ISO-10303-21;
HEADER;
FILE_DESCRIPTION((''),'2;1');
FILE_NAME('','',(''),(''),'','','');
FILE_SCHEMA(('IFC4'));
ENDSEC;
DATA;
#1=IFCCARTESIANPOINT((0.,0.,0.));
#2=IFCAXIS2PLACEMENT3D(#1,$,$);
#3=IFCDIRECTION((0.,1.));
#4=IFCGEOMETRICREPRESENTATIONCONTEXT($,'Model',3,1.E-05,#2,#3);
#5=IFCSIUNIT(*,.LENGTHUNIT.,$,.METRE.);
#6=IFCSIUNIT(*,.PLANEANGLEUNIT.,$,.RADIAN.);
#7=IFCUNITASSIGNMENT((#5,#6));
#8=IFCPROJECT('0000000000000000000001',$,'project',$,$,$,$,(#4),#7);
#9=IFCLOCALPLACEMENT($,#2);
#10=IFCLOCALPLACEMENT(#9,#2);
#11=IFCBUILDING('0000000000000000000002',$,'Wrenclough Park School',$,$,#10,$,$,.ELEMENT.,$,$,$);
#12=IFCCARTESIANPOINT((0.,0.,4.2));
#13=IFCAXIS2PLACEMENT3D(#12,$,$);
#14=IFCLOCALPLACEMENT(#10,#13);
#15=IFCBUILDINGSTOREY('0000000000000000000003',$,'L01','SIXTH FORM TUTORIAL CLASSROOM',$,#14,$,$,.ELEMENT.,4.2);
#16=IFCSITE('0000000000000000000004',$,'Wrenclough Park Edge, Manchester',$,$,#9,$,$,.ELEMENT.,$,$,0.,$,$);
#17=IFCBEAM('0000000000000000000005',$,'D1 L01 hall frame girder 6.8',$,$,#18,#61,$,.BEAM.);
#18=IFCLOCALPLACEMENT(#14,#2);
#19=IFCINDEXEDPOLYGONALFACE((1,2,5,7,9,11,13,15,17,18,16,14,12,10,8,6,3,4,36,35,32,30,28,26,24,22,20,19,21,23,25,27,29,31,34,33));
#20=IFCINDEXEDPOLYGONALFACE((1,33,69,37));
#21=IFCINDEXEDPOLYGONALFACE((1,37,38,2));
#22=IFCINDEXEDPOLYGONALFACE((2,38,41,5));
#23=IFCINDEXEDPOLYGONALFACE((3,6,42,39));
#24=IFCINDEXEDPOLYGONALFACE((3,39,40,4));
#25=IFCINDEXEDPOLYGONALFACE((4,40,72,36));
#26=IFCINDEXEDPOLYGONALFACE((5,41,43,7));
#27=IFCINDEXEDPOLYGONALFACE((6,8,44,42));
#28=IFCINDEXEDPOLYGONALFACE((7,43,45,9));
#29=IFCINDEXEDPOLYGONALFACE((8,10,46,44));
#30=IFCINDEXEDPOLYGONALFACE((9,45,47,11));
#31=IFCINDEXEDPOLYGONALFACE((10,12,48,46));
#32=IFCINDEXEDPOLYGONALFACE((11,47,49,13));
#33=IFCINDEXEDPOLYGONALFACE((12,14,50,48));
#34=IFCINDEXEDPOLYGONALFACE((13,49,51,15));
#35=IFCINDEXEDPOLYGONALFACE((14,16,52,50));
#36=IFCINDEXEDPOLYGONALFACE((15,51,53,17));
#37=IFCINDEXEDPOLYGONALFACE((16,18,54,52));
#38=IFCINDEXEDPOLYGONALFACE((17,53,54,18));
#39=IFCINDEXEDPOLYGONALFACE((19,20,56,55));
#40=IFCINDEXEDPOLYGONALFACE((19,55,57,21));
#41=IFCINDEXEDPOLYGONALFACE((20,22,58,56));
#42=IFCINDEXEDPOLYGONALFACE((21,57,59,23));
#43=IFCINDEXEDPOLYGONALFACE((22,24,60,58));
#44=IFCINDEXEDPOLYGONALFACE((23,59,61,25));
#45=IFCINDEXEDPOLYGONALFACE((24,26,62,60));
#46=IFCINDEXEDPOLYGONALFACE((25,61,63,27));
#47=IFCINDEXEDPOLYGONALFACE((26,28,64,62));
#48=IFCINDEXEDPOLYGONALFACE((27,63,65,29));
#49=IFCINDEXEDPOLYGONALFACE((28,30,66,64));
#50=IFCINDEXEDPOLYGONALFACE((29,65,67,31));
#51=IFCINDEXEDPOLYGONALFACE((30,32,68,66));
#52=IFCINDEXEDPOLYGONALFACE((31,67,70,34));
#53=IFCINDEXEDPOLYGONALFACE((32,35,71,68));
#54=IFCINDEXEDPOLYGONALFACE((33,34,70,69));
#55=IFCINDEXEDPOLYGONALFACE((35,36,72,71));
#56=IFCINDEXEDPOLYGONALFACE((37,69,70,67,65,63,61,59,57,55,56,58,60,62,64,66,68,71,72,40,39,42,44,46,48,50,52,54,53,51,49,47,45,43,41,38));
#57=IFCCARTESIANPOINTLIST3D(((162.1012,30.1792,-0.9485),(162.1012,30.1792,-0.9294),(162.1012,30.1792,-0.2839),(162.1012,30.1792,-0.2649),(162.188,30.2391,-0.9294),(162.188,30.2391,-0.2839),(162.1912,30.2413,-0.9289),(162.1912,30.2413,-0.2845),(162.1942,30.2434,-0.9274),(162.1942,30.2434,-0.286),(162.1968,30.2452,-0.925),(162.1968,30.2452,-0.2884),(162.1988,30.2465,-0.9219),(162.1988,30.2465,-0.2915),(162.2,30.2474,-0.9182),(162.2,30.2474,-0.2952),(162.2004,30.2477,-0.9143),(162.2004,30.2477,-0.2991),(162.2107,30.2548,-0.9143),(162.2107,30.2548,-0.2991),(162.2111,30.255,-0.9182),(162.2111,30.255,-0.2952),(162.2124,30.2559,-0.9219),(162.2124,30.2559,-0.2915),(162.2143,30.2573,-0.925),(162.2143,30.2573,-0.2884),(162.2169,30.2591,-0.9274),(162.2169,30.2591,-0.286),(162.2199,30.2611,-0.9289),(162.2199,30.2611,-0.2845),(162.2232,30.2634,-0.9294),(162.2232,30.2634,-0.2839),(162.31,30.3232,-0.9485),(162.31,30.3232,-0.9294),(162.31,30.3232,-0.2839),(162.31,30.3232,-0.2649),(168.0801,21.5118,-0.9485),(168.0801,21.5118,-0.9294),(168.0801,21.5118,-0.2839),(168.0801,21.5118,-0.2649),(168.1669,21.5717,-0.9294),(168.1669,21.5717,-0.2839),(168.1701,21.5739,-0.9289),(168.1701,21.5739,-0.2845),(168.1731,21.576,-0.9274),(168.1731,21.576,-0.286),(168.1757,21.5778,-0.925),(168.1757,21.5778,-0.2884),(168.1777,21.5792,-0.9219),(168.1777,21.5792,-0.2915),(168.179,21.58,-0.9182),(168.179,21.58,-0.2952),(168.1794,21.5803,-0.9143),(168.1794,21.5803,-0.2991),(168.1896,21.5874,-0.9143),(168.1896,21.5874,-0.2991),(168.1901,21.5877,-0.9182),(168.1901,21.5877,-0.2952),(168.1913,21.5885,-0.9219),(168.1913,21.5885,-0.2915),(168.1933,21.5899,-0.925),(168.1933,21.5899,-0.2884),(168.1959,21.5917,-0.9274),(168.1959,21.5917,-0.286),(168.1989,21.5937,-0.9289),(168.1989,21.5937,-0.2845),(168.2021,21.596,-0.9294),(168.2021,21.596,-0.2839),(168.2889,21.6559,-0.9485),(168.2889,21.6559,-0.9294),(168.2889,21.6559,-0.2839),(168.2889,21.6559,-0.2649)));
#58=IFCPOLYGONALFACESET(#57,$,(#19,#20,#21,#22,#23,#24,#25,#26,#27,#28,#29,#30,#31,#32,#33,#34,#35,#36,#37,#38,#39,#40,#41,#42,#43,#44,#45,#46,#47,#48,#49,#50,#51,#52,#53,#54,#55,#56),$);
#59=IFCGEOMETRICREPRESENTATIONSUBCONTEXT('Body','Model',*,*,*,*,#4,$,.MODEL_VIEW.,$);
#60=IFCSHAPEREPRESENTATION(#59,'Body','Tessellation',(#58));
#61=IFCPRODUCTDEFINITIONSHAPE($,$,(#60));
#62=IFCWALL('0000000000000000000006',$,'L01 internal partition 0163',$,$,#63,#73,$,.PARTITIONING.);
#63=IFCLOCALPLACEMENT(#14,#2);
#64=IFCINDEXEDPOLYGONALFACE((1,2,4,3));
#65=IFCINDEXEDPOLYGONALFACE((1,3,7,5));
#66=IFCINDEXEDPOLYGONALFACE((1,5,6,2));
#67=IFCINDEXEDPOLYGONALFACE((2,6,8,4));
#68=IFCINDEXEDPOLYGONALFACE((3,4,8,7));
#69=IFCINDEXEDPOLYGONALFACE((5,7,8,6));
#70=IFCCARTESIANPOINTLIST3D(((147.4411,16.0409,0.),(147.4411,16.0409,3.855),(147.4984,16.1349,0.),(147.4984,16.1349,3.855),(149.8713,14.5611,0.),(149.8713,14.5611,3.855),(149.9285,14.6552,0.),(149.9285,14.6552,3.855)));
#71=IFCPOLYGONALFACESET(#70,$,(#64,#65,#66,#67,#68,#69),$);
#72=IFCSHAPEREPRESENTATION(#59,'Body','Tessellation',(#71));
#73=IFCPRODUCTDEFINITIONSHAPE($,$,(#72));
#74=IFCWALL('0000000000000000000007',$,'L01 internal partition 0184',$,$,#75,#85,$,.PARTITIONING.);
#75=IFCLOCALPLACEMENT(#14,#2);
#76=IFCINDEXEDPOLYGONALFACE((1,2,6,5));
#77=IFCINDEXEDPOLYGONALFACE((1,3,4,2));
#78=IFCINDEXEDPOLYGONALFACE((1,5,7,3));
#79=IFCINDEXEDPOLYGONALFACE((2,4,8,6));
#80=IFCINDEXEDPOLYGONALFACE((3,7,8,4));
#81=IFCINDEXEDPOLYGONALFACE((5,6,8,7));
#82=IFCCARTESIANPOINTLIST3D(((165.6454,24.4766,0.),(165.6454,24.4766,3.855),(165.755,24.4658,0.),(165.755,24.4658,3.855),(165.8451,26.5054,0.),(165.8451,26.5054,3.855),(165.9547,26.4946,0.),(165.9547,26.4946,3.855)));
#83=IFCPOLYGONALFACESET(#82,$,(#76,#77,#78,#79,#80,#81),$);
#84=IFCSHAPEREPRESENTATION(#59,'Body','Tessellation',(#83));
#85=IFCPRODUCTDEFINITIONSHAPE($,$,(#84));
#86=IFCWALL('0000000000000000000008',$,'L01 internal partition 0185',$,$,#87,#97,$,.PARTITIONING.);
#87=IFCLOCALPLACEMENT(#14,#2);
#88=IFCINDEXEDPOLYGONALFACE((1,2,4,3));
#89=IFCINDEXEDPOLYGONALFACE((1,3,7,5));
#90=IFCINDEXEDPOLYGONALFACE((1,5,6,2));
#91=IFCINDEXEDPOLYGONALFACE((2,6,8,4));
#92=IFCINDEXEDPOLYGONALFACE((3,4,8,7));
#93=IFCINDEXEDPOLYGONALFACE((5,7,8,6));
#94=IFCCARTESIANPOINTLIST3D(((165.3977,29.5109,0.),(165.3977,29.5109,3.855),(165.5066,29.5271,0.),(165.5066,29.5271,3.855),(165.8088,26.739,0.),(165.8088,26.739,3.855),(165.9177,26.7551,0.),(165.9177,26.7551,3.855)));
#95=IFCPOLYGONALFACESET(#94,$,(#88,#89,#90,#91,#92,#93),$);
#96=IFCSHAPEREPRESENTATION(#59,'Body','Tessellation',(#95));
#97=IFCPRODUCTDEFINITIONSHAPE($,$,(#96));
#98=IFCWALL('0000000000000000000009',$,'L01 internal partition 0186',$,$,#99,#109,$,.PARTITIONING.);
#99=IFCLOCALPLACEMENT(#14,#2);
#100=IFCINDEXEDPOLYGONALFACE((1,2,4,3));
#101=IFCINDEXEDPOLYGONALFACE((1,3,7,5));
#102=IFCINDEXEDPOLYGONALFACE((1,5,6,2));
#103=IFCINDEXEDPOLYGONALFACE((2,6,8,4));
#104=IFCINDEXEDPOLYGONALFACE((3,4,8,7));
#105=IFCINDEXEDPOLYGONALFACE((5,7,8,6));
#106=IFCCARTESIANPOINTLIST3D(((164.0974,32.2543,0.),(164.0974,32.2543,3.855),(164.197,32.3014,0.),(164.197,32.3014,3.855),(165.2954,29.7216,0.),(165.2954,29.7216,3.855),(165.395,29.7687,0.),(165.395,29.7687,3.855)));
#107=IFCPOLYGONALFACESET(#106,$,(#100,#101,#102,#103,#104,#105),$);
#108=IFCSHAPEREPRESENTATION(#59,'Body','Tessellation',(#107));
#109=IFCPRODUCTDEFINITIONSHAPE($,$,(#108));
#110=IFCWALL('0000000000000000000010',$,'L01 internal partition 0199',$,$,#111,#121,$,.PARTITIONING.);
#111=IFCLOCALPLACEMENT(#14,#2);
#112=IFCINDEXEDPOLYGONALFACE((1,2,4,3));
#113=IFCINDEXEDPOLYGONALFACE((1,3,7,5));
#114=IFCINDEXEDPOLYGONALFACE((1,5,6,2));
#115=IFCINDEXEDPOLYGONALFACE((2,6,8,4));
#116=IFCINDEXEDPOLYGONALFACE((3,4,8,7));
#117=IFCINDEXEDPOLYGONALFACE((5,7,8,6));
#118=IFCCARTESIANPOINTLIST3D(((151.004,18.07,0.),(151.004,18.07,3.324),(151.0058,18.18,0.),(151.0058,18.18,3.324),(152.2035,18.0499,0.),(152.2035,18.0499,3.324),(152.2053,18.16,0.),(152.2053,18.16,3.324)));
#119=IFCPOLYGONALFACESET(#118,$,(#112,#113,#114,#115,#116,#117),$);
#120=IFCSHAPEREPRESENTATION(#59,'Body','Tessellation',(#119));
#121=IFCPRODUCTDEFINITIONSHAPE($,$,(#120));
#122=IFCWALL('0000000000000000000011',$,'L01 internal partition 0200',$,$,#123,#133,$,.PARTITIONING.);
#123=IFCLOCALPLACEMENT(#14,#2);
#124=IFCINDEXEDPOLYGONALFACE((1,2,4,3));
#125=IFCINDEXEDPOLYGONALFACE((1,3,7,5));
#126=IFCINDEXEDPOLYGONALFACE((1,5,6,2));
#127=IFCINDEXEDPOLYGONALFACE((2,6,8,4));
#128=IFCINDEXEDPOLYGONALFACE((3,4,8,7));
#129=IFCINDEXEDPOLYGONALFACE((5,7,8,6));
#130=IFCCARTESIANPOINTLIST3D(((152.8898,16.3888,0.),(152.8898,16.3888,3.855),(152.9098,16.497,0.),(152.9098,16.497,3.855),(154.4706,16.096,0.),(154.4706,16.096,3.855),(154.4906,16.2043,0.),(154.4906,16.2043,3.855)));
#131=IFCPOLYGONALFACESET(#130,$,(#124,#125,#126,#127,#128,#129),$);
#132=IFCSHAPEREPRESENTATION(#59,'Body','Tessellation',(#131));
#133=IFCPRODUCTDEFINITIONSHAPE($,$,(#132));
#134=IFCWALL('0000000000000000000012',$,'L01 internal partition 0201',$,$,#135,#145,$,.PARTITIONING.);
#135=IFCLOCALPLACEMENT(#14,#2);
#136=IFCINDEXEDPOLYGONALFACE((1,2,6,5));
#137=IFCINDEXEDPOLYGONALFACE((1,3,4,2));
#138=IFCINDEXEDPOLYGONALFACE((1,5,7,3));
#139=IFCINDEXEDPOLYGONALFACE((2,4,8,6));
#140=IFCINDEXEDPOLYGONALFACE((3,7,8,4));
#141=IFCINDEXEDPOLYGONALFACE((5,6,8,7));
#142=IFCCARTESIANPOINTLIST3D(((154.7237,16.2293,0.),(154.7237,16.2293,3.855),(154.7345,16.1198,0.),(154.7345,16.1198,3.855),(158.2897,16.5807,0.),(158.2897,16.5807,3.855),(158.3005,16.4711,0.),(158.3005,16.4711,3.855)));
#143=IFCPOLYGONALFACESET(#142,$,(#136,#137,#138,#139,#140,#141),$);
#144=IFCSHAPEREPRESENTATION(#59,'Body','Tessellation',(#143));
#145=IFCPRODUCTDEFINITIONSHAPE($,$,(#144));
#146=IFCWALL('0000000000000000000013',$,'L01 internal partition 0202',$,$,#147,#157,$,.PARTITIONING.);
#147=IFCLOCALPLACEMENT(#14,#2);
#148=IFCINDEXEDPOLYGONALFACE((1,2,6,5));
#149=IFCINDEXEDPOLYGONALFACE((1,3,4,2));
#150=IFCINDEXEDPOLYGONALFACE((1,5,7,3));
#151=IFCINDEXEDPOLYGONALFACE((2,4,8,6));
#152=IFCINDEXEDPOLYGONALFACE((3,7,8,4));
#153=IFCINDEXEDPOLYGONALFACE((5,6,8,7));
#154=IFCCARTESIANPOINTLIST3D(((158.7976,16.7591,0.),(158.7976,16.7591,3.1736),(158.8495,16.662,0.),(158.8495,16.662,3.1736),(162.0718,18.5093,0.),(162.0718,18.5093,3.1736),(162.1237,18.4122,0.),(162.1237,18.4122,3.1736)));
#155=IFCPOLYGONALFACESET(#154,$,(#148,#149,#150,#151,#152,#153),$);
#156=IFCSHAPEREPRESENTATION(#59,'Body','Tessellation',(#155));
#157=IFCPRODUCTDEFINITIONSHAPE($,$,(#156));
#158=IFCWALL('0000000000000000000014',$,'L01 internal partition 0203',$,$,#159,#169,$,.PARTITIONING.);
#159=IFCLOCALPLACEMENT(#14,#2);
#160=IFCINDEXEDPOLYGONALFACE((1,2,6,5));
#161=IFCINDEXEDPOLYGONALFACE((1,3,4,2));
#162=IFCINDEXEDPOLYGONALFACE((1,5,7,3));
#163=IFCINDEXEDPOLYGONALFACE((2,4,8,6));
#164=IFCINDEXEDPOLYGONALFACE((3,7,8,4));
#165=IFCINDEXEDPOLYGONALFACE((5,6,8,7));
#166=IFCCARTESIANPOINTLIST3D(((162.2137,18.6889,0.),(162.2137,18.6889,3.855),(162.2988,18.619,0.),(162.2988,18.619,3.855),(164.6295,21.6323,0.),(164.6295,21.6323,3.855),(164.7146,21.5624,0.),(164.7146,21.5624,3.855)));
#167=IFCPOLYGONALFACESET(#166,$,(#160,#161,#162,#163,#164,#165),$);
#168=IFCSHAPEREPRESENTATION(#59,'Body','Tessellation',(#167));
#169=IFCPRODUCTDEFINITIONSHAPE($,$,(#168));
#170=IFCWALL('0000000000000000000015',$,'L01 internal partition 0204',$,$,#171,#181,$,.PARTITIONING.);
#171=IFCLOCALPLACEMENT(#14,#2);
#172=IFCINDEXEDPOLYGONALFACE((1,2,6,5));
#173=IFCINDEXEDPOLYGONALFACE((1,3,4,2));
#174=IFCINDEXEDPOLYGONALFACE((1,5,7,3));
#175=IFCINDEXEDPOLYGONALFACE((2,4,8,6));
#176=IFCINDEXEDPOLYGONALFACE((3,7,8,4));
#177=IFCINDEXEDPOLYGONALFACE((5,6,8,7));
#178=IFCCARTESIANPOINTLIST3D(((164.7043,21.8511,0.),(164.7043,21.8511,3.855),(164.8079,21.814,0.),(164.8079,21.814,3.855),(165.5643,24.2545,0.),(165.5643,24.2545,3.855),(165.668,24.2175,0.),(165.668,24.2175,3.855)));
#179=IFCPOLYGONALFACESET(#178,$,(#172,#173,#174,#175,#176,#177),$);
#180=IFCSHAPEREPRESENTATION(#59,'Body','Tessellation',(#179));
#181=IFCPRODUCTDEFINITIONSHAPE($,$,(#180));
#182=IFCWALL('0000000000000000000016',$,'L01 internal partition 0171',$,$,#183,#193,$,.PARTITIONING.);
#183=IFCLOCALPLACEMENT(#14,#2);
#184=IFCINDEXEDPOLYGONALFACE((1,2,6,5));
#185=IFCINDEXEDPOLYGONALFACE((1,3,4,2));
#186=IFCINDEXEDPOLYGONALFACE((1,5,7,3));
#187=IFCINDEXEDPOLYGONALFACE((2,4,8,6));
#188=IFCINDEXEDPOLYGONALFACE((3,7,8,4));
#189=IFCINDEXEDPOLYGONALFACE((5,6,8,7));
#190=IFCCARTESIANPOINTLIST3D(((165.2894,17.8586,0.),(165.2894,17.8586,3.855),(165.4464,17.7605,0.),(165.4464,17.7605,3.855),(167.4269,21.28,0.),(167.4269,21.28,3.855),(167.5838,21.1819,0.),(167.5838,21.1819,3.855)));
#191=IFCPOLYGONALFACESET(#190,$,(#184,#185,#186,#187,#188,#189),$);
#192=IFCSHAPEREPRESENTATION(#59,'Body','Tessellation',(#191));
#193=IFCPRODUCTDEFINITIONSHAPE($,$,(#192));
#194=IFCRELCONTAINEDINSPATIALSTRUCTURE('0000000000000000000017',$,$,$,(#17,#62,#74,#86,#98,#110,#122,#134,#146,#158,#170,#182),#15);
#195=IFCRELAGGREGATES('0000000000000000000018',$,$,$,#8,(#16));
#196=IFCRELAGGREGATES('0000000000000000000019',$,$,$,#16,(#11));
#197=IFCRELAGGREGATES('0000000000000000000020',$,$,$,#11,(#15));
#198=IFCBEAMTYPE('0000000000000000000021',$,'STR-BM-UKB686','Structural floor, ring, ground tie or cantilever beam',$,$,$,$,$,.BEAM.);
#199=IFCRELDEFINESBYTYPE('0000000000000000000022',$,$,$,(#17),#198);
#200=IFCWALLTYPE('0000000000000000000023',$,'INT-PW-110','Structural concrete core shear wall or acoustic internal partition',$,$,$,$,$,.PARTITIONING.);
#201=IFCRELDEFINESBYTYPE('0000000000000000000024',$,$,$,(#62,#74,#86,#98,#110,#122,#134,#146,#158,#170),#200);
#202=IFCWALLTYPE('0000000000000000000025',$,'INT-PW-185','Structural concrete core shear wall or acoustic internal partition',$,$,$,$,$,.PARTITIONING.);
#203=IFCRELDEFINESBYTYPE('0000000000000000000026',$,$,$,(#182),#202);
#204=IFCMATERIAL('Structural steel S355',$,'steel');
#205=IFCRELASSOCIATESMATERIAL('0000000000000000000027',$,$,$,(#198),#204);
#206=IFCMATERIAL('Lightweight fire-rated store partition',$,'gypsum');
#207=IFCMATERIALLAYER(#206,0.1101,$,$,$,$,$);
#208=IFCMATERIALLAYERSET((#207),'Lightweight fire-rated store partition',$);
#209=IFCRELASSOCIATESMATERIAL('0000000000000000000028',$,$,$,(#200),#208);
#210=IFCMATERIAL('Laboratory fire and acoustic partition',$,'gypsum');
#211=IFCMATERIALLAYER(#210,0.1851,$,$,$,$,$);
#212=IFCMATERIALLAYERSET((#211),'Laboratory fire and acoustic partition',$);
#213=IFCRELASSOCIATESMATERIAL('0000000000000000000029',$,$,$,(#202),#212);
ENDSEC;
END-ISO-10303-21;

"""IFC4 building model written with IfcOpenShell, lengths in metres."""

from ifc_helpers import new_model, si_unit, direction, frame, frame_2d, origin, origin_2d, place, context, subcontext, project, spatial, rectangle, i_section, extrude, material, layer, layer_set, material_profile, profile_set, type_object, element, save


model = new_model("IFC4")

# Units and contexts
model_context = context("Model", 3, precision=1e-05, world=origin(), true_north=direction((0.0, 1.0)))
body_context = subcontext(model_context, "Body", "Model", "MODEL_VIEW")
ifc_project = project(units=[si_unit("LENGTHUNIT", "METRE"), si_unit("PLANEANGLEUNIT", "RADIAN")], contexts=[model_context])

# Site, building, storey
site_placement = place(None, origin())
site = spatial("IfcSite", under=ifc_project, at=site_placement, Name="Wrenclough Park Edge, Manchester", CompositionType="ELEMENT", RefElevation=0.0)
building_placement = place(site_placement, origin())
building = spatial("IfcBuilding", under=site, at=building_placement, Name="Wrenclough Park School", CompositionType="ELEMENT")
storey_placement = place(building_placement, frame((0.0, 0.0, 4.2)))
storey = spatial("IfcBuildingStorey", under=building, at=storey_placement, Name="L01", Description="SIXTH FORM TUTORIAL CLASSROOM", CompositionType="ELEMENT", Elevation=4.2)

# Shared definitions
ifc_material_1 = material(Name="Structural steel S355", Category="steel")

# Beam
ifc_material_profile_1 = material_profile(ifc_material_1, i_section(OverallWidth=0.2537, OverallDepth=0.6836, WebThickness=0.0125, FlangeThickness=0.019, FilletRadius=0.0151, at=origin_2d()), Name="UKB 686x254x140")
ifc_profile_set_1 = profile_set([ifc_material_profile_1], Name="Structural steel S355")
beam_type_1 = type_object("IfcBeamType", Name="STR-BM-UKB686", Description="Structural floor, ring, ground tie or cantilever beam", PredefinedType="BEAM", material=ifc_profile_set_1)
for number, where, z_axis, x_axis, name in (
    (1, (162.2056, 30.2512, -0.6067), (0.567825, -0.823149, 0.0), (0.823149, 0.567825, 0.0), "D1 L01 hall frame girder 6.8"),
):
    element("IfcBeam", number, at=place(storey_placement, frame(where, z_axis=z_axis, x_axis=x_axis)), inside=storey, type_object=beam_type_1, Name=name, PredefinedType="BEAM", context=body_context, shape_type="SweptSolid", body=[
        extrude(i_section(OverallWidth=0.2537, OverallDepth=0.6836, WebThickness=0.0125, FlangeThickness=0.019, FilletRadius=0.0151, at=origin_2d()), origin(), (0.0, 0.0, 1.0), 10.5295),
    ])

# Walls
ifc_material_2 = material(Name="Lightweight fire-rated store partition", Category="gypsum")
ifc_layer_1 = layer(ifc_material_2, 0.1101)
ifc_layer_set_1 = layer_set([ifc_layer_1], Name="Lightweight fire-rated store partition")
wall_type_1 = type_object("IfcWallType", Name="INT-PW-110", Description="Structural concrete core shear wall or acoustic internal partition", PredefinedType="PARTITIONING", material=ifc_layer_set_1)
wall_1_placement = place(storey_placement, frame((149.8999, 14.6082, 0.0), z_axis=(0.0, 0.0, 1.0), x_axis=(-0.854121, 0.520075, 0.0)))
element("IfcWall", 2, at=wall_1_placement, inside=storey, type_object=wall_type_1, Name="L01 internal partition 0163", PredefinedType="PARTITIONING", context=body_context, shape_type="SweptSolid", body=[
    extrude(rectangle(XDim=2.8452, YDim=0.1101, at=frame_2d((1.4226, 0.0))), origin(), (0.0, 0.0, 1.0), 3.855),
])
wall_2_placement = place(storey_placement, frame((165.7002, 24.4712, 0.0), z_axis=(0.0, 0.0, 1.0), x_axis=(0.097962, 0.99519, 0.0)))
element("IfcWall", 3, at=wall_2_placement, inside=storey, type_object=wall_type_1, Name="L01 internal partition 0184", PredefinedType="PARTITIONING", context=body_context, shape_type="SweptSolid", body=[
    extrude(rectangle(XDim=2.0386, YDim=0.1101, at=frame_2d((1.0193, 0.0))), origin(), (0.0, 0.0, 1.0), 3.855),
])
wall_3_placement = place(storey_placement, frame((165.8633, 26.7471, 0.0), z_axis=(0.0, 0.0, 1.0), x_axis=(-0.146713, 0.989179, 0.0)))
element("IfcWall", 4, at=wall_3_placement, inside=storey, type_object=wall_type_1, Name="L01 internal partition 0185", PredefinedType="PARTITIONING", context=body_context, shape_type="SweptSolid", body=[
    extrude(rectangle(XDim=2.8022, YDim=0.1101, at=frame_2d((1.4011, 0.0))), origin(), (0.0, 0.0, 1.0), 3.855),
])
wall_4_placement = place(storey_placement, frame((165.3452, 29.7451, 0.0), z_axis=(0.0, 0.0, 1.0), x_axis=(-0.427588, 0.903974, 0.0)))
element("IfcWall", 5, at=wall_4_placement, inside=storey, type_object=wall_type_1, Name="L01 internal partition 0186", PredefinedType="PARTITIONING", context=body_context, shape_type="SweptSolid", body=[
    extrude(rectangle(XDim=2.8018, YDim=0.1101, at=frame_2d((1.4009, 0.0))), origin(), (0.0, 0.0, 1.0), 3.855),
])
wall_5_placement = place(storey_placement, frame((151.0049, 18.125, 0.0), z_axis=(0.0, 0.0, 1.0), x_axis=(0.999861, -0.016688, 0.0)))
element("IfcWall", 6, at=wall_5_placement, inside=storey, type_object=wall_type_1, Name="L01 internal partition 0199", PredefinedType="PARTITIONING", context=body_context, shape_type="SweptSolid", body=[
    extrude(rectangle(XDim=1.1997, YDim=0.1101, at=frame_2d((0.5999, 0.0))), origin(), (0.0, 0.0, 1.0), 3.324),
])
wall_6_placement = place(storey_placement, frame((152.8999, 16.4429, 0.0), z_axis=(0.0, 0.0, 1.0), x_axis=(0.983284, -0.182078, 0.0)))
element("IfcWall", 7, at=wall_6_placement, inside=storey, type_object=wall_type_1, Name="L01 internal partition 0200", PredefinedType="PARTITIONING", context=body_context, shape_type="SweptSolid", body=[
    extrude(rectangle(XDim=1.6077, YDim=0.1101, at=frame_2d((0.8037, 0.0))), origin(), (0.0, 0.0, 1.0), 3.855),
])
wall_7_placement = place(storey_placement, frame((154.7292, 16.1746, 0.0), z_axis=(0.0, 0.0, 1.0), x_axis=(0.995182, 0.098046, 0.0)))
element("IfcWall", 8, at=wall_7_placement, inside=storey, type_object=wall_type_1, Name="L01 internal partition 0201", PredefinedType="PARTITIONING", context=body_context, shape_type="SweptSolid", body=[
    extrude(rectangle(XDim=3.5833, YDim=0.1101, at=frame_2d((1.7915, 0.0))), origin(), (0.0, 0.0, 1.0), 3.855),
])
wall_8_placement = place(storey_placement, frame((158.8235, 16.7104, 0.0), z_axis=(0.0, 0.0, 1.0), x_axis=(0.881903, 0.471431, 0.0)))
element("IfcWall", 9, at=wall_8_placement, inside=storey, type_object=wall_type_1, Name="L01 internal partition 0202", PredefinedType="PARTITIONING", context=body_context, shape_type="SweptSolid", body=[
    extrude(rectangle(XDim=3.7126, YDim=0.1101, at=frame_2d((1.8564, 0.0))), origin(), (0.0, 0.0, 1.0), 3.1736),
])
wall_9_placement = place(storey_placement, frame((162.2563, 18.6541, 0.0), z_axis=(0.0, 0.0, 1.0), x_axis=(0.634428, 0.772982, 0.0)))
element("IfcWall", 10, at=wall_9_placement, inside=storey, type_object=wall_type_1, Name="L01 internal partition 0203", PredefinedType="PARTITIONING", context=body_context, shape_type="SweptSolid", body=[
    extrude(rectangle(XDim=3.8079, YDim=0.1101, at=frame_2d((1.9038, 0.0))), origin(), (0.0, 0.0, 1.0), 3.855),
])
wall_10_placement = place(storey_placement, frame((164.7561, 21.8325, 0.0), z_axis=(0.0, 0.0, 1.0), x_axis=(0.336924, 0.941532, 0.0)))
element("IfcWall", 11, at=wall_10_placement, inside=storey, type_object=wall_type_1, Name="L01 internal partition 0204", PredefinedType="PARTITIONING", context=body_context, shape_type="SweptSolid", body=[
    extrude(rectangle(XDim=2.5527, YDim=0.1101, at=frame_2d((1.2764, 0.0))), origin(), (0.0, 0.0, 1.0), 3.855),
])
ifc_material_3 = material(Name="Laboratory fire and acoustic partition", Category="gypsum")
ifc_layer_2 = layer(ifc_material_3, 0.1851)
ifc_layer_set_2 = layer_set([ifc_layer_2], Name="Laboratory fire and acoustic partition")
wall_type_2 = type_object("IfcWallType", Name="INT-PW-185", Description="Structural concrete core shear wall or acoustic internal partition", PredefinedType="PARTITIONING", material=ifc_layer_set_2)
for number, where, z_axis, x_axis, name in (
    (12, (167.5054, 21.231, 0.0), (0.0, 0.0, 1.0), (-0.529836, -0.8481, 0.0), "L01 internal partition 0171"),
):
    element("IfcWall", number, at=place(storey_placement, frame(where, z_axis=z_axis, x_axis=x_axis)), inside=storey, type_object=wall_type_2, Name=name, PredefinedType="PARTITIONING", context=body_context, shape_type="SweptSolid", body=[
        extrude(rectangle(XDim=4.0342, YDim=0.1851, at=frame_2d((2.0171, 0.0))), origin(), (0.0, 0.0, 1.0), 3.855),
    ])

save(model, "model.ifc")
